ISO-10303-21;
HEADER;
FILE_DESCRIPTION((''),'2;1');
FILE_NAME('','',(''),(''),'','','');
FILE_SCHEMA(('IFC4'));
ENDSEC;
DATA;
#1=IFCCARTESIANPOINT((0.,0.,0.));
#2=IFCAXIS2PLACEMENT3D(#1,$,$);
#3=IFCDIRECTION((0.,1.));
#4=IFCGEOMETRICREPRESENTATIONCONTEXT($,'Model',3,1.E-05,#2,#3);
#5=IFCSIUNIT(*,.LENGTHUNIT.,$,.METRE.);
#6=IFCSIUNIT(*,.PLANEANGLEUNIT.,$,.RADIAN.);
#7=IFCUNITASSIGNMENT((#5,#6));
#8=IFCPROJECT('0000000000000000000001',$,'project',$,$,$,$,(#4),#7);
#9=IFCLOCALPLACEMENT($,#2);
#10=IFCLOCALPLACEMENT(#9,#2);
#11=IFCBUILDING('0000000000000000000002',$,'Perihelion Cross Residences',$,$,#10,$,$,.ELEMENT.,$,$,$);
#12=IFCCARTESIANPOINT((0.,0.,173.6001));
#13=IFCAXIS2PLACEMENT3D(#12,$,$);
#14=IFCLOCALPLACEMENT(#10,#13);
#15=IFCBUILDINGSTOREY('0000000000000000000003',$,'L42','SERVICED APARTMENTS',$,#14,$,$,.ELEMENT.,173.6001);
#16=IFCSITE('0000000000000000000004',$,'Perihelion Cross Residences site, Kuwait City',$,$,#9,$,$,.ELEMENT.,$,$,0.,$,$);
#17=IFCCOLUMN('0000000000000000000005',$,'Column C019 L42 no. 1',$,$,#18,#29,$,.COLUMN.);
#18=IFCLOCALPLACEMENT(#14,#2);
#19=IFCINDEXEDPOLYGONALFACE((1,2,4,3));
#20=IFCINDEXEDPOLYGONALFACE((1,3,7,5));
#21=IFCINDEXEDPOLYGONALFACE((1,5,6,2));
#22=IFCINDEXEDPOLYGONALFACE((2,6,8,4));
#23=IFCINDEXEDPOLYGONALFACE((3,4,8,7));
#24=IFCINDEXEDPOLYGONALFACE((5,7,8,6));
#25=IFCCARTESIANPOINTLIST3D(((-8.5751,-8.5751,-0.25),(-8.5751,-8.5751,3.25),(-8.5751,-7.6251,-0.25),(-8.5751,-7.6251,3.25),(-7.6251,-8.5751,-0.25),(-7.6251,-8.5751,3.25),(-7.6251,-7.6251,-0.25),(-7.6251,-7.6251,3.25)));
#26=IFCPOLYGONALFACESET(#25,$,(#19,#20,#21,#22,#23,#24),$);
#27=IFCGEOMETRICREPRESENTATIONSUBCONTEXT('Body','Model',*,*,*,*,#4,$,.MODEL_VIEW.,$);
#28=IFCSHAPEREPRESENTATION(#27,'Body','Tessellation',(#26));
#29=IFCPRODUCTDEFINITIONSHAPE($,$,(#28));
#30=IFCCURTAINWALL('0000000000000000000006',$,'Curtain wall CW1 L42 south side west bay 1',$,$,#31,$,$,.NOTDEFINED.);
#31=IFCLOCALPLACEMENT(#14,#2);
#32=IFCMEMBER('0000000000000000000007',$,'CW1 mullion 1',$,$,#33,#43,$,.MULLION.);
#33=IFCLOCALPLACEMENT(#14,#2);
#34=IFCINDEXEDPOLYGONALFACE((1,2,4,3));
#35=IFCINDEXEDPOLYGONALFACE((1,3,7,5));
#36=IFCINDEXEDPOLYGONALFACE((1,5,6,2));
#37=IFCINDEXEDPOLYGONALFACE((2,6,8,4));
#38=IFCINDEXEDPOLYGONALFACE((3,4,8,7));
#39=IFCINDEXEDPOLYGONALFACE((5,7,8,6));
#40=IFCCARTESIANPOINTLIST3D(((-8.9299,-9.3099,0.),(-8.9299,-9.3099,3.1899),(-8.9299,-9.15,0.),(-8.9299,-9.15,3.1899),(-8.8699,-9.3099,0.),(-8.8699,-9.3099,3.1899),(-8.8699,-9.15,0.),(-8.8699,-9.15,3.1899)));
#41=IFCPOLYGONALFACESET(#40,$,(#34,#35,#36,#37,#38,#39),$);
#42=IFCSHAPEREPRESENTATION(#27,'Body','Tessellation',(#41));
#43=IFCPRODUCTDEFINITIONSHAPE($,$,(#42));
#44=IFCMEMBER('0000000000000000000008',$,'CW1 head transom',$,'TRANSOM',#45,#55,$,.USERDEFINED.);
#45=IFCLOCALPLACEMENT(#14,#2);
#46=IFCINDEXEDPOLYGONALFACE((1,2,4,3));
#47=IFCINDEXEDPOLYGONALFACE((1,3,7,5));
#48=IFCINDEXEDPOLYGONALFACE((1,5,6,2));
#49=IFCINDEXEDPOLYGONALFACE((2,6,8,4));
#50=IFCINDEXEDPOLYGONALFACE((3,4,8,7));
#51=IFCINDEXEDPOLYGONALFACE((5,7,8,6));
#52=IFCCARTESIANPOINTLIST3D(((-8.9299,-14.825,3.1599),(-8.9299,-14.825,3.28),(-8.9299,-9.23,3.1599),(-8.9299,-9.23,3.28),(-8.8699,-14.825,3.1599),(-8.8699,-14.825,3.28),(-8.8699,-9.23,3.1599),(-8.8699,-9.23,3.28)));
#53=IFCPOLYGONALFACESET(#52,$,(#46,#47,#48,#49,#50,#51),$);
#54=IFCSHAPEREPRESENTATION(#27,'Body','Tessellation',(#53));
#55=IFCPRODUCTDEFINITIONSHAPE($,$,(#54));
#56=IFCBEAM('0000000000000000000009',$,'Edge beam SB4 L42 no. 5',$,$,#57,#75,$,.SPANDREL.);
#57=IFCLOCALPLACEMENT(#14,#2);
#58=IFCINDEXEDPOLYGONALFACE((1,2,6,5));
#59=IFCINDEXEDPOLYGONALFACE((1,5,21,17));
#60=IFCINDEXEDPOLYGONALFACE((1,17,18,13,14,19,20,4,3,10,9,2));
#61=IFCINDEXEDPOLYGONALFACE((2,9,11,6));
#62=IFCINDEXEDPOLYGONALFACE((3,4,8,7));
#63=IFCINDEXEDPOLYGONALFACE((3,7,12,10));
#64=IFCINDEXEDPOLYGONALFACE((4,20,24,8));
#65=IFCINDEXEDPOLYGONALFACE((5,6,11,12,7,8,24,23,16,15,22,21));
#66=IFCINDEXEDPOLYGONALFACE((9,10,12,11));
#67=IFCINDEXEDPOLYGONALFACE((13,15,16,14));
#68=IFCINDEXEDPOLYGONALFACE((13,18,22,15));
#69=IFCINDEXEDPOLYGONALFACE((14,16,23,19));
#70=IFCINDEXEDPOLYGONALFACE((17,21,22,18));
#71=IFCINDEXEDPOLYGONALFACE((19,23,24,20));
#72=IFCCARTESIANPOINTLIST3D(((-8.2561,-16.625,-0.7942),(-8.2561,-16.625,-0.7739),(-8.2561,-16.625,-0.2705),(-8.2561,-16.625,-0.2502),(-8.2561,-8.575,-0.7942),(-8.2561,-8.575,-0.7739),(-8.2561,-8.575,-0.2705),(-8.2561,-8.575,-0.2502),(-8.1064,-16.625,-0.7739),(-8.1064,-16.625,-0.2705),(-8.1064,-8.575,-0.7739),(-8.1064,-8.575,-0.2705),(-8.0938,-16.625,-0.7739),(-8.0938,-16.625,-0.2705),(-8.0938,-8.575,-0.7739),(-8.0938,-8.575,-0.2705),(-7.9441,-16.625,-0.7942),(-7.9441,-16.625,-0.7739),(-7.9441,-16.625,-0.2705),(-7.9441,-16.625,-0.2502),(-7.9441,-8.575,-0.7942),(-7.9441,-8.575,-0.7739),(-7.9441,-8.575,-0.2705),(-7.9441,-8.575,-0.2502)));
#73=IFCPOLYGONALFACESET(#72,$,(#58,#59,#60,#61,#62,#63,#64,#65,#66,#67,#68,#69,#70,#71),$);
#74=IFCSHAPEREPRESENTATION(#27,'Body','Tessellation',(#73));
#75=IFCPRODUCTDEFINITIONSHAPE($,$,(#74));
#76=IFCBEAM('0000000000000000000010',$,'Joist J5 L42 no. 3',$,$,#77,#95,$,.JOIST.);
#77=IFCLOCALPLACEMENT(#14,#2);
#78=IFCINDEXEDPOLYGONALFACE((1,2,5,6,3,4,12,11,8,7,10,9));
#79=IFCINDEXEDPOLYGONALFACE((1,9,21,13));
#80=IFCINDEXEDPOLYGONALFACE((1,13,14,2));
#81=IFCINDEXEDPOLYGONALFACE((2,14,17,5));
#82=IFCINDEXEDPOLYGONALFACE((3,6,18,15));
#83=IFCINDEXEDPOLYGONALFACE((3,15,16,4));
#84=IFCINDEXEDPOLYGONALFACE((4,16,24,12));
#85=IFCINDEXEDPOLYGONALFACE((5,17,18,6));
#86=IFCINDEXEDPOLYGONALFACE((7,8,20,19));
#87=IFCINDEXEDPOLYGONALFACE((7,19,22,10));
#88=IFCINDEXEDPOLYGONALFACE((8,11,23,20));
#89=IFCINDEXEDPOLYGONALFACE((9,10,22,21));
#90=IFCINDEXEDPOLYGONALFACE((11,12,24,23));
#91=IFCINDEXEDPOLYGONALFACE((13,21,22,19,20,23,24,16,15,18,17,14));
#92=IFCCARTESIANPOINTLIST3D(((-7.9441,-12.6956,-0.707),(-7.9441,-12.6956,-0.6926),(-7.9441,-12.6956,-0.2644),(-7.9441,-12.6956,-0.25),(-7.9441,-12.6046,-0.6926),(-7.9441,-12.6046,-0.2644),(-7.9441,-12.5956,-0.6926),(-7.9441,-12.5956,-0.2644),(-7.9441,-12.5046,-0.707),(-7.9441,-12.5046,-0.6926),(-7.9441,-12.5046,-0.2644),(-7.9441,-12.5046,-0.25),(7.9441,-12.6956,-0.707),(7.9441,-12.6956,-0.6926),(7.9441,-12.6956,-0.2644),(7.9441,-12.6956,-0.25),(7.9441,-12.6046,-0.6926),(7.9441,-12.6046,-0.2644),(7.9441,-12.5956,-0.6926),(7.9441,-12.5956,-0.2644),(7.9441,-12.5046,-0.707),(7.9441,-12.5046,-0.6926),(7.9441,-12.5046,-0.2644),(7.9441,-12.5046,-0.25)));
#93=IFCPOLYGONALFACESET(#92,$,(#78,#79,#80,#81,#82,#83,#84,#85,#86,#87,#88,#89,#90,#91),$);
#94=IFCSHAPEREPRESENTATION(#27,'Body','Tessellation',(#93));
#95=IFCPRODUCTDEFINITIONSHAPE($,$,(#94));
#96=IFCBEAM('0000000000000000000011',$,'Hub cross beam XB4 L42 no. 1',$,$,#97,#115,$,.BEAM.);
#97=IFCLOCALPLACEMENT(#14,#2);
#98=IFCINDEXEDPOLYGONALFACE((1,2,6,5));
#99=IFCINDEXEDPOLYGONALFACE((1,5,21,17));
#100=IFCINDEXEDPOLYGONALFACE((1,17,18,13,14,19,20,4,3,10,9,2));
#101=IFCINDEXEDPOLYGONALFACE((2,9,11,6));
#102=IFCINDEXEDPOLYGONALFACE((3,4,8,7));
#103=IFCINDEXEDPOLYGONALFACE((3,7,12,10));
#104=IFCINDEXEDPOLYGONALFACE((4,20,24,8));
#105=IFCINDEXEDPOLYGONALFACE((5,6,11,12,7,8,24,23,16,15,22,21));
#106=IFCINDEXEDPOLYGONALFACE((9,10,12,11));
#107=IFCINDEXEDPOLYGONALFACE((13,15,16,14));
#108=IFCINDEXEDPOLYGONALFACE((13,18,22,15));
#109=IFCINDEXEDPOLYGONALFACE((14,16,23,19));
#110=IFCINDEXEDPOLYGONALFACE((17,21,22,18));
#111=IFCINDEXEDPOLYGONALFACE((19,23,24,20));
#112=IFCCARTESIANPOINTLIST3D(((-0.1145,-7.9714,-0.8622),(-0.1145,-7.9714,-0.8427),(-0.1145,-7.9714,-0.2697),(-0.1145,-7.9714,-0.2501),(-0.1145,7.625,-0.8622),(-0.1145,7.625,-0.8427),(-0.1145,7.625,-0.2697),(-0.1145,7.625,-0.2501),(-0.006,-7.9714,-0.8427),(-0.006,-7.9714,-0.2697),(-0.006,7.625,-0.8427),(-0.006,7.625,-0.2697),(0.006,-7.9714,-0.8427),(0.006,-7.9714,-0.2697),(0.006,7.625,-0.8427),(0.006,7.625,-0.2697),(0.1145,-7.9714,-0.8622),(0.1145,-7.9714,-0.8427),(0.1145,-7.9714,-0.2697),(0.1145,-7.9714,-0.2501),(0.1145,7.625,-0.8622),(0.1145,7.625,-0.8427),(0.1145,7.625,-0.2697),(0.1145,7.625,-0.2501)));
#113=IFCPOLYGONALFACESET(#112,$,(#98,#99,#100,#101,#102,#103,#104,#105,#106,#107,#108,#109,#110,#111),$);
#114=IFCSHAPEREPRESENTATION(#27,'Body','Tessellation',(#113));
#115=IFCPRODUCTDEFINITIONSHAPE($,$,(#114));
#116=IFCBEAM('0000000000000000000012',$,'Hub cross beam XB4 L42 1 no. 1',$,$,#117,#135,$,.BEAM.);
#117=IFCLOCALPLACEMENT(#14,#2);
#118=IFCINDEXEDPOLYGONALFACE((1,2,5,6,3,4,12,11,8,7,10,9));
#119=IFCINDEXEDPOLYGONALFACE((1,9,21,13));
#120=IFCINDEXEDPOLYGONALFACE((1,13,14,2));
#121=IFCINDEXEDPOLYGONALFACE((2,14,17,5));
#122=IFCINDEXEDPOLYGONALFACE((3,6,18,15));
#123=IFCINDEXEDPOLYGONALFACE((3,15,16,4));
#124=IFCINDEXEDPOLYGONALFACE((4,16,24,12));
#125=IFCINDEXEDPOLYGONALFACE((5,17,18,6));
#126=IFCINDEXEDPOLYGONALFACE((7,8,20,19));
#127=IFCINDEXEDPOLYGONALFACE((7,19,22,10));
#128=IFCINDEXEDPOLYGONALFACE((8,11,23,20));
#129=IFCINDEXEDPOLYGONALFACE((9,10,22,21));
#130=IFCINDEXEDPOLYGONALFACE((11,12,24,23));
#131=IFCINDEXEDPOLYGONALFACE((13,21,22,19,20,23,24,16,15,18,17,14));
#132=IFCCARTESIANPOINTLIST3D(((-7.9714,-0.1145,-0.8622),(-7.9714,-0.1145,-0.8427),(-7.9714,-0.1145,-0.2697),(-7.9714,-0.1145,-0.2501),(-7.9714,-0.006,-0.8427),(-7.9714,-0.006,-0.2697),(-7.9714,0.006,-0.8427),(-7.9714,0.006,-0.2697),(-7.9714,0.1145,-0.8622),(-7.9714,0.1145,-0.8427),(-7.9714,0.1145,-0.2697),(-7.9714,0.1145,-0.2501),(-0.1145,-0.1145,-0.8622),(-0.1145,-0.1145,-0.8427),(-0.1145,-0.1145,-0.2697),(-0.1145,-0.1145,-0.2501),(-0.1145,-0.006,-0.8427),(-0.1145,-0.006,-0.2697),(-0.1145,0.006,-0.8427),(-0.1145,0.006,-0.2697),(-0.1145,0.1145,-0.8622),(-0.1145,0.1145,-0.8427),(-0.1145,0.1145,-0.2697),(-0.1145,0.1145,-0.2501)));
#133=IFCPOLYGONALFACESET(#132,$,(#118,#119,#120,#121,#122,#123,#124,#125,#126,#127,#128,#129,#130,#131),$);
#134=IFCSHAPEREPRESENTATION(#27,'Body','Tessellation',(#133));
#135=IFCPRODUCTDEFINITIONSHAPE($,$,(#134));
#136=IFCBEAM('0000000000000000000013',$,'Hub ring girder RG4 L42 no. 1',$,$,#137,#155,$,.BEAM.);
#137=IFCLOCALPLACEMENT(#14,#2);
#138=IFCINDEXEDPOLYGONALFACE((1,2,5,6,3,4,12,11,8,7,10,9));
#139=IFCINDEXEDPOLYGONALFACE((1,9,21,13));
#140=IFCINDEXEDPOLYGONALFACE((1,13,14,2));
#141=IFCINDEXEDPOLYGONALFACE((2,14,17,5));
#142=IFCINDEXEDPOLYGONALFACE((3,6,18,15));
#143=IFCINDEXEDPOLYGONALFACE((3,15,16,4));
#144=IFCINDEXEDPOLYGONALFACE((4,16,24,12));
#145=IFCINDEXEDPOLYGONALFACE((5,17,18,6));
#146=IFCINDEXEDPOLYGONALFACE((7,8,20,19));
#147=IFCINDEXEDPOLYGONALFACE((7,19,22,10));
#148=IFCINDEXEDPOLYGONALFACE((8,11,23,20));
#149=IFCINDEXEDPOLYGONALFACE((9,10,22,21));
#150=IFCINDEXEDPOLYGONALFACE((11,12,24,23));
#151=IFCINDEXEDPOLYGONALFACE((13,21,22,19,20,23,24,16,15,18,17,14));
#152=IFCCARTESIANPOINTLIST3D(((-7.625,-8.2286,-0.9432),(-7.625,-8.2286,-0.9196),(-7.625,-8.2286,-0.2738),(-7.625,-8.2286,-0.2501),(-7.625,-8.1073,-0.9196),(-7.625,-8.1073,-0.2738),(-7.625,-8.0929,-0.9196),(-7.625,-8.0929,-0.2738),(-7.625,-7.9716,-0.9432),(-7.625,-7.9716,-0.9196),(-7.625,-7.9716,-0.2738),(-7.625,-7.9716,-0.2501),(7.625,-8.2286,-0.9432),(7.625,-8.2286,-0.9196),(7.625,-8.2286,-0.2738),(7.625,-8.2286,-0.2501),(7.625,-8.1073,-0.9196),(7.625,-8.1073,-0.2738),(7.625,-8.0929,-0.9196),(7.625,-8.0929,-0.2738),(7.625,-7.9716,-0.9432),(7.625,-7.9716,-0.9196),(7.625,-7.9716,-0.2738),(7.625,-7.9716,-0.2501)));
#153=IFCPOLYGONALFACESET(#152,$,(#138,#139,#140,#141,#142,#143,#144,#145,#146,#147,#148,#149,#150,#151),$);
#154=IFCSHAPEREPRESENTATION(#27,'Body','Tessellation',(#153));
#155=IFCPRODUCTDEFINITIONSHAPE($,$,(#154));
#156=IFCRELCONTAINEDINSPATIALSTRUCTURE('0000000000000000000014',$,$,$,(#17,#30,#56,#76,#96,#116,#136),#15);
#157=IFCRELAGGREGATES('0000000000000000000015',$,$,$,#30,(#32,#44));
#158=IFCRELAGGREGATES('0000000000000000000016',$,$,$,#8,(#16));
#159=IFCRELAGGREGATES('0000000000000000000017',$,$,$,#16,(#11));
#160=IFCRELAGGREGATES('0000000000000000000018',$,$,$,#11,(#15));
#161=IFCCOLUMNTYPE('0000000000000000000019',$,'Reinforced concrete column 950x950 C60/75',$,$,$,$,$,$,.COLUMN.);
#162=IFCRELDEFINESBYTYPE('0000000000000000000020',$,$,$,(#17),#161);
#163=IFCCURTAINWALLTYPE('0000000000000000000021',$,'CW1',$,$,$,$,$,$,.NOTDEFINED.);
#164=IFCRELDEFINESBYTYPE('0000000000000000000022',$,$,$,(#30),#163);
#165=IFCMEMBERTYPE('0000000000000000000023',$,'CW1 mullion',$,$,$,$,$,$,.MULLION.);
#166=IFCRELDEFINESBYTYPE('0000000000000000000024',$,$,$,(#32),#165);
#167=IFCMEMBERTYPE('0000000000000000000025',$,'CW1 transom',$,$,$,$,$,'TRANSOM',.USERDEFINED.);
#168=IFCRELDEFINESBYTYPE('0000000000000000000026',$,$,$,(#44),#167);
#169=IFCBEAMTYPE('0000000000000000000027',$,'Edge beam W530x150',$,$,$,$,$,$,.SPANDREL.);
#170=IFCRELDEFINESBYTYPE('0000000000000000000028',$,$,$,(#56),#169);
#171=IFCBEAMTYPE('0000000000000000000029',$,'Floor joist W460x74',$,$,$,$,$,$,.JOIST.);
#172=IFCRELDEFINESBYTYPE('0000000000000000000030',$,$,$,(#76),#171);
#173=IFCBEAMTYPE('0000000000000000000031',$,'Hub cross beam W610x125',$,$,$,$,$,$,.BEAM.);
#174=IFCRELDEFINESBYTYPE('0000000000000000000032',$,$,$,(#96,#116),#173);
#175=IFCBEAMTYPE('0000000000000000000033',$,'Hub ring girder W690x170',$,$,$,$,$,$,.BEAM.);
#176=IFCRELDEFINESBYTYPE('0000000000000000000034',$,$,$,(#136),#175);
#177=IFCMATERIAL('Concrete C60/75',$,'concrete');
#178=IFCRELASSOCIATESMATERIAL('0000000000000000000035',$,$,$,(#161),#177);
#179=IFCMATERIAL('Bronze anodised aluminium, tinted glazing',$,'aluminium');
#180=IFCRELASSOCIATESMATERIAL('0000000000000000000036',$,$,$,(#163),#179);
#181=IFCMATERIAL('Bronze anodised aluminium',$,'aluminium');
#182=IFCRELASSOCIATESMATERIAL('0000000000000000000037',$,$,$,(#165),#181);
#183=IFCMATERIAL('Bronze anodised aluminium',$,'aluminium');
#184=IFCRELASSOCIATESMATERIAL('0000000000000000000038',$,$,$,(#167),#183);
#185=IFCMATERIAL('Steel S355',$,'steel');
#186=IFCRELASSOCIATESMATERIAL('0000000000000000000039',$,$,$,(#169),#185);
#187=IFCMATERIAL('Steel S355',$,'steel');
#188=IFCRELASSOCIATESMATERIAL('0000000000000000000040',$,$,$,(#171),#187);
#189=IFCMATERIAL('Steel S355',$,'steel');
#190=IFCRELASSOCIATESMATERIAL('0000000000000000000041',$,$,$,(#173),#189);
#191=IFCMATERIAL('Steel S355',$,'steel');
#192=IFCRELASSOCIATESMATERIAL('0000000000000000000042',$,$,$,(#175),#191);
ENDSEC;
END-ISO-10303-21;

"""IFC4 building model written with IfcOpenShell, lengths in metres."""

from ifc_helpers import new_model, si_unit, direction, frame, origin, origin_2d, place, context, subcontext, project, spatial, rectangle, i_section, extrude, material, material_profile, profile_set, type_object, element, aggregate, save


model = new_model("IFC4")

# Units and contexts
model_context = context("Model", 3, precision=1e-05, world=origin(), true_north=direction((0.0, 1.0)))
body_context = subcontext(model_context, "Body", "Model", "MODEL_VIEW")
ifc_project = project(units=[si_unit("LENGTHUNIT", "METRE"), si_unit("PLANEANGLEUNIT", "RADIAN")], contexts=[model_context])

# Site, building, storey
site_placement = place(None, origin())
site = spatial("IfcSite", under=ifc_project, at=site_placement, Name="Perihelion Cross Residences site, Kuwait City", CompositionType="ELEMENT", RefElevation=0.0)
building_placement = place(site_placement, origin())
building = spatial("IfcBuilding", under=site, at=building_placement, Name="Perihelion Cross Residences", CompositionType="ELEMENT")
storey_placement = place(building_placement, frame((0.0, 0.0, 173.6001)))
storey = spatial("IfcBuildingStorey", under=building, at=storey_placement, Name="L42", Description="SERVICED APARTMENTS", CompositionType="ELEMENT", Elevation=173.6001)

# Column
ifc_material_1 = material(Name="Concrete C60/75", Category="concrete")
ifc_material_profile_1 = material_profile(ifc_material_1, rectangle(XDim=0.95, YDim=0.95, at=origin_2d()), Name="RC 950x950")
ifc_profile_set_1 = profile_set([ifc_material_profile_1], Name="Concrete C60/75")
column_type = type_object("IfcColumnType", Name="Reinforced concrete column 950x950 C60/75", PredefinedType="COLUMN", material=ifc_profile_set_1)
column_placement = place(storey_placement, frame((-8.1001, -8.1001, -0.25), z_axis=(0.0, 0.0, 1.0), x_axis=(1.0, 0.0, 0.0)))
element("IfcColumn", 1, at=column_placement, inside=storey, type_object=column_type, Name="Column C019 L42 no. 1", PredefinedType="COLUMN", context=body_context, shape_type="SweptSolid", body=[
    extrude(rectangle(XDim=0.95, YDim=0.95, at=origin_2d()), origin(), (0.0, 0.0, 1.0), 3.5),
])

# Curtain wall, members
ifc_material_2 = material(Name="Bronze anodised aluminium, tinted glazing", Category="aluminium")
curtain_wall_type = type_object("IfcCurtainWallType", Name="CW1", PredefinedType="NOTDEFINED", material=ifc_material_2)
curtain_wall_placement = place(storey_placement, origin())
curtain_wall = element("IfcCurtainWall", 2, at=curtain_wall_placement, inside=storey, type_object=curtain_wall_type, Name="Curtain wall CW1 L42 south side west bay 1", PredefinedType="NOTDEFINED")
ifc_material_3 = material(Name="Bronze anodised aluminium", Category="aluminium")
ifc_material_profile_2 = material_profile(ifc_material_3, rectangle(XDim=0.0601, YDim=0.1599, at=origin_2d()), Name="CW1 mullion")
ifc_profile_set_2 = profile_set([ifc_material_profile_2], Name="Bronze anodised aluminium")
member_type_1 = type_object("IfcMemberType", Name="CW1 mullion", PredefinedType="MULLION", material=ifc_profile_set_2)
member_1_placement = place(storey_placement, frame((-8.8999, -9.23, 0.0), z_axis=(0.0, 0.0, 1.0), x_axis=(1.0, 0.0, 0.0)))
member_1 = element("IfcMember", 3, at=member_1_placement, type_object=member_type_1, Name="CW1 mullion 1", PredefinedType="MULLION", context=body_context, shape_type="SweptSolid", body=[
    extrude(rectangle(XDim=0.0601, YDim=0.1599, at=origin_2d()), origin(), (0.0, 0.0, 1.0), 3.1899),
])
ifc_material_4 = material(Name="Bronze anodised aluminium", Category="aluminium")
ifc_material_profile_3 = material_profile(ifc_material_4, rectangle(XDim=0.0601, YDim=0.1201, at=origin_2d()), Name="CW1 transom")
ifc_profile_set_3 = profile_set([ifc_material_profile_3], Name="Bronze anodised aluminium")
member_type_2 = type_object("IfcMemberType", Name="CW1 transom", ElementType="TRANSOM", PredefinedType="USERDEFINED", material=ifc_profile_set_3)
member_2_placement = place(storey_placement, frame((-8.8999, -9.23, 3.22), z_axis=(0.0, -1.0, 0.0), x_axis=(1.0, 0.0, 0.0)))
member_2 = element("IfcMember", 4, at=member_2_placement, type_object=member_type_2, Name="CW1 head transom", ObjectType="TRANSOM", PredefinedType="USERDEFINED", context=body_context, shape_type="SweptSolid", body=[
    extrude(rectangle(XDim=0.0601, YDim=0.1201, at=origin_2d()), origin(), (0.0, 0.0, 1.0), 5.595),
])

# Beams
ifc_material_5 = material(Name="Steel S355", Category="steel")
ifc_material_profile_4 = material_profile(ifc_material_5, i_section(OverallWidth=0.312, OverallDepth=0.5439, WebThickness=0.0127, FlangeThickness=0.0203, at=origin_2d()), Name="W530x150")
ifc_profile_set_4 = profile_set([ifc_material_profile_4], Name="Steel S355")
beam_type_1 = type_object("IfcBeamType", Name="Edge beam W530x150", PredefinedType="SPANDREL", material=ifc_profile_set_4)
beam_1_placement = place(storey_placement, frame((-8.1001, -8.575, -0.5222), z_axis=(0.0, -1.0, 0.0), x_axis=(1.0, 0.0, 0.0)))
element("IfcBeam", 5, at=beam_1_placement, inside=storey, type_object=beam_type_1, Name="Edge beam SB4 L42 no. 5", PredefinedType="SPANDREL", context=body_context, shape_type="SweptSolid", body=[
    extrude(i_section(OverallWidth=0.312, OverallDepth=0.5439, WebThickness=0.0127, FlangeThickness=0.0203, at=origin_2d()), origin(), (0.0, 0.0, 1.0), 8.05),
])
ifc_material_6 = material(Name="Steel S355", Category="steel")
ifc_material_profile_5 = material_profile(ifc_material_6, i_section(OverallWidth=0.1909, OverallDepth=0.457, WebThickness=0.009, FlangeThickness=0.0144, at=origin_2d()), Name="W460x74")
ifc_profile_set_5 = profile_set([ifc_material_profile_5], Name="Steel S355")
beam_type_2 = type_object("IfcBeamType", Name="Floor joist W460x74", PredefinedType="JOIST", material=ifc_profile_set_5)
beam_2_placement = place(storey_placement, frame((-7.9441, -12.6001, -0.4785), z_axis=(1.0, 0.0, 0.0), x_axis=(0.0, 1.0, 0.0)))
element("IfcBeam", 6, at=beam_2_placement, inside=storey, type_object=beam_type_2, Name="Joist J5 L42 no. 3", PredefinedType="JOIST", context=body_context, shape_type="SweptSolid", body=[
    extrude(i_section(OverallWidth=0.1909, OverallDepth=0.457, WebThickness=0.009, FlangeThickness=0.0144, at=origin_2d()), origin(), (0.0, 0.0, 1.0), 15.8882),
])
ifc_material_7 = material(Name="Steel S355", Category="steel")
ifc_material_profile_6 = material_profile(ifc_material_7, i_section(OverallWidth=0.229, OverallDepth=0.6121, WebThickness=0.012, FlangeThickness=0.0195, at=origin_2d()), Name="W610x125")
ifc_profile_set_6 = profile_set([ifc_material_profile_6], Name="Steel S355")
beam_type_3 = type_object("IfcBeamType", Name="Hub cross beam W610x125", PredefinedType="BEAM", material=ifc_profile_set_6)
beam_3_placement = place(storey_placement, frame((0.0, -7.9714, -0.5562), z_axis=(0.0, 1.0, 0.0), x_axis=(-1.0, 0.0, 0.0)))
element("IfcBeam", 7, at=beam_3_placement, inside=storey, type_object=beam_type_3, Name="Hub cross beam XB4 L42 no. 1", PredefinedType="BEAM", context=body_context, shape_type="SweptSolid", body=[
    extrude(i_section(OverallWidth=0.229, OverallDepth=0.6121, WebThickness=0.012, FlangeThickness=0.0195, at=origin_2d()), origin(), (0.0, 0.0, 1.0), 15.5964),
])
beam_4_placement = place(storey_placement, frame((-7.9714, 0.0, -0.5562), z_axis=(1.0, 0.0, 0.0), x_axis=(0.0, 1.0, 0.0)))
element("IfcBeam", 8, at=beam_4_placement, inside=storey, type_object=beam_type_3, Name="Hub cross beam XB4 L42 1 no. 1", PredefinedType="BEAM", context=body_context, shape_type="SweptSolid", body=[
    extrude(i_section(OverallWidth=0.229, OverallDepth=0.6121, WebThickness=0.012, FlangeThickness=0.0195, at=origin_2d()), origin(), (0.0, 0.0, 1.0), 7.8569),
])
ifc_material_8 = material(Name="Steel S355", Category="steel")
ifc_material_profile_7 = material_profile(ifc_material_8, i_section(OverallWidth=0.2571, OverallDepth=0.6931, WebThickness=0.0144, FlangeThickness=0.0237, at=origin_2d()), Name="W690x170")
ifc_profile_set_7 = profile_set([ifc_material_profile_7], Name="Steel S355")
beam_type_4 = type_object("IfcBeamType", Name="Hub ring girder W690x170", PredefinedType="BEAM", material=ifc_profile_set_7)
beam_5_placement = place(storey_placement, frame((-7.625, -8.1001, -0.5967), z_axis=(1.0, 0.0, 0.0), x_axis=(0.0, 1.0, 0.0)))
element("IfcBeam", 9, at=beam_5_placement, inside=storey, type_object=beam_type_4, Name="Hub ring girder RG4 L42 no. 1", PredefinedType="BEAM", context=body_context, shape_type="SweptSolid", body=[
    extrude(i_section(OverallWidth=0.2571, OverallDepth=0.6931, WebThickness=0.0144, FlangeThickness=0.0237, at=origin_2d()), origin(), (0.0, 0.0, 1.0), 15.25),
])

aggregate(curtain_wall, [member_1, member_2])

save(model, "model.ifc")
